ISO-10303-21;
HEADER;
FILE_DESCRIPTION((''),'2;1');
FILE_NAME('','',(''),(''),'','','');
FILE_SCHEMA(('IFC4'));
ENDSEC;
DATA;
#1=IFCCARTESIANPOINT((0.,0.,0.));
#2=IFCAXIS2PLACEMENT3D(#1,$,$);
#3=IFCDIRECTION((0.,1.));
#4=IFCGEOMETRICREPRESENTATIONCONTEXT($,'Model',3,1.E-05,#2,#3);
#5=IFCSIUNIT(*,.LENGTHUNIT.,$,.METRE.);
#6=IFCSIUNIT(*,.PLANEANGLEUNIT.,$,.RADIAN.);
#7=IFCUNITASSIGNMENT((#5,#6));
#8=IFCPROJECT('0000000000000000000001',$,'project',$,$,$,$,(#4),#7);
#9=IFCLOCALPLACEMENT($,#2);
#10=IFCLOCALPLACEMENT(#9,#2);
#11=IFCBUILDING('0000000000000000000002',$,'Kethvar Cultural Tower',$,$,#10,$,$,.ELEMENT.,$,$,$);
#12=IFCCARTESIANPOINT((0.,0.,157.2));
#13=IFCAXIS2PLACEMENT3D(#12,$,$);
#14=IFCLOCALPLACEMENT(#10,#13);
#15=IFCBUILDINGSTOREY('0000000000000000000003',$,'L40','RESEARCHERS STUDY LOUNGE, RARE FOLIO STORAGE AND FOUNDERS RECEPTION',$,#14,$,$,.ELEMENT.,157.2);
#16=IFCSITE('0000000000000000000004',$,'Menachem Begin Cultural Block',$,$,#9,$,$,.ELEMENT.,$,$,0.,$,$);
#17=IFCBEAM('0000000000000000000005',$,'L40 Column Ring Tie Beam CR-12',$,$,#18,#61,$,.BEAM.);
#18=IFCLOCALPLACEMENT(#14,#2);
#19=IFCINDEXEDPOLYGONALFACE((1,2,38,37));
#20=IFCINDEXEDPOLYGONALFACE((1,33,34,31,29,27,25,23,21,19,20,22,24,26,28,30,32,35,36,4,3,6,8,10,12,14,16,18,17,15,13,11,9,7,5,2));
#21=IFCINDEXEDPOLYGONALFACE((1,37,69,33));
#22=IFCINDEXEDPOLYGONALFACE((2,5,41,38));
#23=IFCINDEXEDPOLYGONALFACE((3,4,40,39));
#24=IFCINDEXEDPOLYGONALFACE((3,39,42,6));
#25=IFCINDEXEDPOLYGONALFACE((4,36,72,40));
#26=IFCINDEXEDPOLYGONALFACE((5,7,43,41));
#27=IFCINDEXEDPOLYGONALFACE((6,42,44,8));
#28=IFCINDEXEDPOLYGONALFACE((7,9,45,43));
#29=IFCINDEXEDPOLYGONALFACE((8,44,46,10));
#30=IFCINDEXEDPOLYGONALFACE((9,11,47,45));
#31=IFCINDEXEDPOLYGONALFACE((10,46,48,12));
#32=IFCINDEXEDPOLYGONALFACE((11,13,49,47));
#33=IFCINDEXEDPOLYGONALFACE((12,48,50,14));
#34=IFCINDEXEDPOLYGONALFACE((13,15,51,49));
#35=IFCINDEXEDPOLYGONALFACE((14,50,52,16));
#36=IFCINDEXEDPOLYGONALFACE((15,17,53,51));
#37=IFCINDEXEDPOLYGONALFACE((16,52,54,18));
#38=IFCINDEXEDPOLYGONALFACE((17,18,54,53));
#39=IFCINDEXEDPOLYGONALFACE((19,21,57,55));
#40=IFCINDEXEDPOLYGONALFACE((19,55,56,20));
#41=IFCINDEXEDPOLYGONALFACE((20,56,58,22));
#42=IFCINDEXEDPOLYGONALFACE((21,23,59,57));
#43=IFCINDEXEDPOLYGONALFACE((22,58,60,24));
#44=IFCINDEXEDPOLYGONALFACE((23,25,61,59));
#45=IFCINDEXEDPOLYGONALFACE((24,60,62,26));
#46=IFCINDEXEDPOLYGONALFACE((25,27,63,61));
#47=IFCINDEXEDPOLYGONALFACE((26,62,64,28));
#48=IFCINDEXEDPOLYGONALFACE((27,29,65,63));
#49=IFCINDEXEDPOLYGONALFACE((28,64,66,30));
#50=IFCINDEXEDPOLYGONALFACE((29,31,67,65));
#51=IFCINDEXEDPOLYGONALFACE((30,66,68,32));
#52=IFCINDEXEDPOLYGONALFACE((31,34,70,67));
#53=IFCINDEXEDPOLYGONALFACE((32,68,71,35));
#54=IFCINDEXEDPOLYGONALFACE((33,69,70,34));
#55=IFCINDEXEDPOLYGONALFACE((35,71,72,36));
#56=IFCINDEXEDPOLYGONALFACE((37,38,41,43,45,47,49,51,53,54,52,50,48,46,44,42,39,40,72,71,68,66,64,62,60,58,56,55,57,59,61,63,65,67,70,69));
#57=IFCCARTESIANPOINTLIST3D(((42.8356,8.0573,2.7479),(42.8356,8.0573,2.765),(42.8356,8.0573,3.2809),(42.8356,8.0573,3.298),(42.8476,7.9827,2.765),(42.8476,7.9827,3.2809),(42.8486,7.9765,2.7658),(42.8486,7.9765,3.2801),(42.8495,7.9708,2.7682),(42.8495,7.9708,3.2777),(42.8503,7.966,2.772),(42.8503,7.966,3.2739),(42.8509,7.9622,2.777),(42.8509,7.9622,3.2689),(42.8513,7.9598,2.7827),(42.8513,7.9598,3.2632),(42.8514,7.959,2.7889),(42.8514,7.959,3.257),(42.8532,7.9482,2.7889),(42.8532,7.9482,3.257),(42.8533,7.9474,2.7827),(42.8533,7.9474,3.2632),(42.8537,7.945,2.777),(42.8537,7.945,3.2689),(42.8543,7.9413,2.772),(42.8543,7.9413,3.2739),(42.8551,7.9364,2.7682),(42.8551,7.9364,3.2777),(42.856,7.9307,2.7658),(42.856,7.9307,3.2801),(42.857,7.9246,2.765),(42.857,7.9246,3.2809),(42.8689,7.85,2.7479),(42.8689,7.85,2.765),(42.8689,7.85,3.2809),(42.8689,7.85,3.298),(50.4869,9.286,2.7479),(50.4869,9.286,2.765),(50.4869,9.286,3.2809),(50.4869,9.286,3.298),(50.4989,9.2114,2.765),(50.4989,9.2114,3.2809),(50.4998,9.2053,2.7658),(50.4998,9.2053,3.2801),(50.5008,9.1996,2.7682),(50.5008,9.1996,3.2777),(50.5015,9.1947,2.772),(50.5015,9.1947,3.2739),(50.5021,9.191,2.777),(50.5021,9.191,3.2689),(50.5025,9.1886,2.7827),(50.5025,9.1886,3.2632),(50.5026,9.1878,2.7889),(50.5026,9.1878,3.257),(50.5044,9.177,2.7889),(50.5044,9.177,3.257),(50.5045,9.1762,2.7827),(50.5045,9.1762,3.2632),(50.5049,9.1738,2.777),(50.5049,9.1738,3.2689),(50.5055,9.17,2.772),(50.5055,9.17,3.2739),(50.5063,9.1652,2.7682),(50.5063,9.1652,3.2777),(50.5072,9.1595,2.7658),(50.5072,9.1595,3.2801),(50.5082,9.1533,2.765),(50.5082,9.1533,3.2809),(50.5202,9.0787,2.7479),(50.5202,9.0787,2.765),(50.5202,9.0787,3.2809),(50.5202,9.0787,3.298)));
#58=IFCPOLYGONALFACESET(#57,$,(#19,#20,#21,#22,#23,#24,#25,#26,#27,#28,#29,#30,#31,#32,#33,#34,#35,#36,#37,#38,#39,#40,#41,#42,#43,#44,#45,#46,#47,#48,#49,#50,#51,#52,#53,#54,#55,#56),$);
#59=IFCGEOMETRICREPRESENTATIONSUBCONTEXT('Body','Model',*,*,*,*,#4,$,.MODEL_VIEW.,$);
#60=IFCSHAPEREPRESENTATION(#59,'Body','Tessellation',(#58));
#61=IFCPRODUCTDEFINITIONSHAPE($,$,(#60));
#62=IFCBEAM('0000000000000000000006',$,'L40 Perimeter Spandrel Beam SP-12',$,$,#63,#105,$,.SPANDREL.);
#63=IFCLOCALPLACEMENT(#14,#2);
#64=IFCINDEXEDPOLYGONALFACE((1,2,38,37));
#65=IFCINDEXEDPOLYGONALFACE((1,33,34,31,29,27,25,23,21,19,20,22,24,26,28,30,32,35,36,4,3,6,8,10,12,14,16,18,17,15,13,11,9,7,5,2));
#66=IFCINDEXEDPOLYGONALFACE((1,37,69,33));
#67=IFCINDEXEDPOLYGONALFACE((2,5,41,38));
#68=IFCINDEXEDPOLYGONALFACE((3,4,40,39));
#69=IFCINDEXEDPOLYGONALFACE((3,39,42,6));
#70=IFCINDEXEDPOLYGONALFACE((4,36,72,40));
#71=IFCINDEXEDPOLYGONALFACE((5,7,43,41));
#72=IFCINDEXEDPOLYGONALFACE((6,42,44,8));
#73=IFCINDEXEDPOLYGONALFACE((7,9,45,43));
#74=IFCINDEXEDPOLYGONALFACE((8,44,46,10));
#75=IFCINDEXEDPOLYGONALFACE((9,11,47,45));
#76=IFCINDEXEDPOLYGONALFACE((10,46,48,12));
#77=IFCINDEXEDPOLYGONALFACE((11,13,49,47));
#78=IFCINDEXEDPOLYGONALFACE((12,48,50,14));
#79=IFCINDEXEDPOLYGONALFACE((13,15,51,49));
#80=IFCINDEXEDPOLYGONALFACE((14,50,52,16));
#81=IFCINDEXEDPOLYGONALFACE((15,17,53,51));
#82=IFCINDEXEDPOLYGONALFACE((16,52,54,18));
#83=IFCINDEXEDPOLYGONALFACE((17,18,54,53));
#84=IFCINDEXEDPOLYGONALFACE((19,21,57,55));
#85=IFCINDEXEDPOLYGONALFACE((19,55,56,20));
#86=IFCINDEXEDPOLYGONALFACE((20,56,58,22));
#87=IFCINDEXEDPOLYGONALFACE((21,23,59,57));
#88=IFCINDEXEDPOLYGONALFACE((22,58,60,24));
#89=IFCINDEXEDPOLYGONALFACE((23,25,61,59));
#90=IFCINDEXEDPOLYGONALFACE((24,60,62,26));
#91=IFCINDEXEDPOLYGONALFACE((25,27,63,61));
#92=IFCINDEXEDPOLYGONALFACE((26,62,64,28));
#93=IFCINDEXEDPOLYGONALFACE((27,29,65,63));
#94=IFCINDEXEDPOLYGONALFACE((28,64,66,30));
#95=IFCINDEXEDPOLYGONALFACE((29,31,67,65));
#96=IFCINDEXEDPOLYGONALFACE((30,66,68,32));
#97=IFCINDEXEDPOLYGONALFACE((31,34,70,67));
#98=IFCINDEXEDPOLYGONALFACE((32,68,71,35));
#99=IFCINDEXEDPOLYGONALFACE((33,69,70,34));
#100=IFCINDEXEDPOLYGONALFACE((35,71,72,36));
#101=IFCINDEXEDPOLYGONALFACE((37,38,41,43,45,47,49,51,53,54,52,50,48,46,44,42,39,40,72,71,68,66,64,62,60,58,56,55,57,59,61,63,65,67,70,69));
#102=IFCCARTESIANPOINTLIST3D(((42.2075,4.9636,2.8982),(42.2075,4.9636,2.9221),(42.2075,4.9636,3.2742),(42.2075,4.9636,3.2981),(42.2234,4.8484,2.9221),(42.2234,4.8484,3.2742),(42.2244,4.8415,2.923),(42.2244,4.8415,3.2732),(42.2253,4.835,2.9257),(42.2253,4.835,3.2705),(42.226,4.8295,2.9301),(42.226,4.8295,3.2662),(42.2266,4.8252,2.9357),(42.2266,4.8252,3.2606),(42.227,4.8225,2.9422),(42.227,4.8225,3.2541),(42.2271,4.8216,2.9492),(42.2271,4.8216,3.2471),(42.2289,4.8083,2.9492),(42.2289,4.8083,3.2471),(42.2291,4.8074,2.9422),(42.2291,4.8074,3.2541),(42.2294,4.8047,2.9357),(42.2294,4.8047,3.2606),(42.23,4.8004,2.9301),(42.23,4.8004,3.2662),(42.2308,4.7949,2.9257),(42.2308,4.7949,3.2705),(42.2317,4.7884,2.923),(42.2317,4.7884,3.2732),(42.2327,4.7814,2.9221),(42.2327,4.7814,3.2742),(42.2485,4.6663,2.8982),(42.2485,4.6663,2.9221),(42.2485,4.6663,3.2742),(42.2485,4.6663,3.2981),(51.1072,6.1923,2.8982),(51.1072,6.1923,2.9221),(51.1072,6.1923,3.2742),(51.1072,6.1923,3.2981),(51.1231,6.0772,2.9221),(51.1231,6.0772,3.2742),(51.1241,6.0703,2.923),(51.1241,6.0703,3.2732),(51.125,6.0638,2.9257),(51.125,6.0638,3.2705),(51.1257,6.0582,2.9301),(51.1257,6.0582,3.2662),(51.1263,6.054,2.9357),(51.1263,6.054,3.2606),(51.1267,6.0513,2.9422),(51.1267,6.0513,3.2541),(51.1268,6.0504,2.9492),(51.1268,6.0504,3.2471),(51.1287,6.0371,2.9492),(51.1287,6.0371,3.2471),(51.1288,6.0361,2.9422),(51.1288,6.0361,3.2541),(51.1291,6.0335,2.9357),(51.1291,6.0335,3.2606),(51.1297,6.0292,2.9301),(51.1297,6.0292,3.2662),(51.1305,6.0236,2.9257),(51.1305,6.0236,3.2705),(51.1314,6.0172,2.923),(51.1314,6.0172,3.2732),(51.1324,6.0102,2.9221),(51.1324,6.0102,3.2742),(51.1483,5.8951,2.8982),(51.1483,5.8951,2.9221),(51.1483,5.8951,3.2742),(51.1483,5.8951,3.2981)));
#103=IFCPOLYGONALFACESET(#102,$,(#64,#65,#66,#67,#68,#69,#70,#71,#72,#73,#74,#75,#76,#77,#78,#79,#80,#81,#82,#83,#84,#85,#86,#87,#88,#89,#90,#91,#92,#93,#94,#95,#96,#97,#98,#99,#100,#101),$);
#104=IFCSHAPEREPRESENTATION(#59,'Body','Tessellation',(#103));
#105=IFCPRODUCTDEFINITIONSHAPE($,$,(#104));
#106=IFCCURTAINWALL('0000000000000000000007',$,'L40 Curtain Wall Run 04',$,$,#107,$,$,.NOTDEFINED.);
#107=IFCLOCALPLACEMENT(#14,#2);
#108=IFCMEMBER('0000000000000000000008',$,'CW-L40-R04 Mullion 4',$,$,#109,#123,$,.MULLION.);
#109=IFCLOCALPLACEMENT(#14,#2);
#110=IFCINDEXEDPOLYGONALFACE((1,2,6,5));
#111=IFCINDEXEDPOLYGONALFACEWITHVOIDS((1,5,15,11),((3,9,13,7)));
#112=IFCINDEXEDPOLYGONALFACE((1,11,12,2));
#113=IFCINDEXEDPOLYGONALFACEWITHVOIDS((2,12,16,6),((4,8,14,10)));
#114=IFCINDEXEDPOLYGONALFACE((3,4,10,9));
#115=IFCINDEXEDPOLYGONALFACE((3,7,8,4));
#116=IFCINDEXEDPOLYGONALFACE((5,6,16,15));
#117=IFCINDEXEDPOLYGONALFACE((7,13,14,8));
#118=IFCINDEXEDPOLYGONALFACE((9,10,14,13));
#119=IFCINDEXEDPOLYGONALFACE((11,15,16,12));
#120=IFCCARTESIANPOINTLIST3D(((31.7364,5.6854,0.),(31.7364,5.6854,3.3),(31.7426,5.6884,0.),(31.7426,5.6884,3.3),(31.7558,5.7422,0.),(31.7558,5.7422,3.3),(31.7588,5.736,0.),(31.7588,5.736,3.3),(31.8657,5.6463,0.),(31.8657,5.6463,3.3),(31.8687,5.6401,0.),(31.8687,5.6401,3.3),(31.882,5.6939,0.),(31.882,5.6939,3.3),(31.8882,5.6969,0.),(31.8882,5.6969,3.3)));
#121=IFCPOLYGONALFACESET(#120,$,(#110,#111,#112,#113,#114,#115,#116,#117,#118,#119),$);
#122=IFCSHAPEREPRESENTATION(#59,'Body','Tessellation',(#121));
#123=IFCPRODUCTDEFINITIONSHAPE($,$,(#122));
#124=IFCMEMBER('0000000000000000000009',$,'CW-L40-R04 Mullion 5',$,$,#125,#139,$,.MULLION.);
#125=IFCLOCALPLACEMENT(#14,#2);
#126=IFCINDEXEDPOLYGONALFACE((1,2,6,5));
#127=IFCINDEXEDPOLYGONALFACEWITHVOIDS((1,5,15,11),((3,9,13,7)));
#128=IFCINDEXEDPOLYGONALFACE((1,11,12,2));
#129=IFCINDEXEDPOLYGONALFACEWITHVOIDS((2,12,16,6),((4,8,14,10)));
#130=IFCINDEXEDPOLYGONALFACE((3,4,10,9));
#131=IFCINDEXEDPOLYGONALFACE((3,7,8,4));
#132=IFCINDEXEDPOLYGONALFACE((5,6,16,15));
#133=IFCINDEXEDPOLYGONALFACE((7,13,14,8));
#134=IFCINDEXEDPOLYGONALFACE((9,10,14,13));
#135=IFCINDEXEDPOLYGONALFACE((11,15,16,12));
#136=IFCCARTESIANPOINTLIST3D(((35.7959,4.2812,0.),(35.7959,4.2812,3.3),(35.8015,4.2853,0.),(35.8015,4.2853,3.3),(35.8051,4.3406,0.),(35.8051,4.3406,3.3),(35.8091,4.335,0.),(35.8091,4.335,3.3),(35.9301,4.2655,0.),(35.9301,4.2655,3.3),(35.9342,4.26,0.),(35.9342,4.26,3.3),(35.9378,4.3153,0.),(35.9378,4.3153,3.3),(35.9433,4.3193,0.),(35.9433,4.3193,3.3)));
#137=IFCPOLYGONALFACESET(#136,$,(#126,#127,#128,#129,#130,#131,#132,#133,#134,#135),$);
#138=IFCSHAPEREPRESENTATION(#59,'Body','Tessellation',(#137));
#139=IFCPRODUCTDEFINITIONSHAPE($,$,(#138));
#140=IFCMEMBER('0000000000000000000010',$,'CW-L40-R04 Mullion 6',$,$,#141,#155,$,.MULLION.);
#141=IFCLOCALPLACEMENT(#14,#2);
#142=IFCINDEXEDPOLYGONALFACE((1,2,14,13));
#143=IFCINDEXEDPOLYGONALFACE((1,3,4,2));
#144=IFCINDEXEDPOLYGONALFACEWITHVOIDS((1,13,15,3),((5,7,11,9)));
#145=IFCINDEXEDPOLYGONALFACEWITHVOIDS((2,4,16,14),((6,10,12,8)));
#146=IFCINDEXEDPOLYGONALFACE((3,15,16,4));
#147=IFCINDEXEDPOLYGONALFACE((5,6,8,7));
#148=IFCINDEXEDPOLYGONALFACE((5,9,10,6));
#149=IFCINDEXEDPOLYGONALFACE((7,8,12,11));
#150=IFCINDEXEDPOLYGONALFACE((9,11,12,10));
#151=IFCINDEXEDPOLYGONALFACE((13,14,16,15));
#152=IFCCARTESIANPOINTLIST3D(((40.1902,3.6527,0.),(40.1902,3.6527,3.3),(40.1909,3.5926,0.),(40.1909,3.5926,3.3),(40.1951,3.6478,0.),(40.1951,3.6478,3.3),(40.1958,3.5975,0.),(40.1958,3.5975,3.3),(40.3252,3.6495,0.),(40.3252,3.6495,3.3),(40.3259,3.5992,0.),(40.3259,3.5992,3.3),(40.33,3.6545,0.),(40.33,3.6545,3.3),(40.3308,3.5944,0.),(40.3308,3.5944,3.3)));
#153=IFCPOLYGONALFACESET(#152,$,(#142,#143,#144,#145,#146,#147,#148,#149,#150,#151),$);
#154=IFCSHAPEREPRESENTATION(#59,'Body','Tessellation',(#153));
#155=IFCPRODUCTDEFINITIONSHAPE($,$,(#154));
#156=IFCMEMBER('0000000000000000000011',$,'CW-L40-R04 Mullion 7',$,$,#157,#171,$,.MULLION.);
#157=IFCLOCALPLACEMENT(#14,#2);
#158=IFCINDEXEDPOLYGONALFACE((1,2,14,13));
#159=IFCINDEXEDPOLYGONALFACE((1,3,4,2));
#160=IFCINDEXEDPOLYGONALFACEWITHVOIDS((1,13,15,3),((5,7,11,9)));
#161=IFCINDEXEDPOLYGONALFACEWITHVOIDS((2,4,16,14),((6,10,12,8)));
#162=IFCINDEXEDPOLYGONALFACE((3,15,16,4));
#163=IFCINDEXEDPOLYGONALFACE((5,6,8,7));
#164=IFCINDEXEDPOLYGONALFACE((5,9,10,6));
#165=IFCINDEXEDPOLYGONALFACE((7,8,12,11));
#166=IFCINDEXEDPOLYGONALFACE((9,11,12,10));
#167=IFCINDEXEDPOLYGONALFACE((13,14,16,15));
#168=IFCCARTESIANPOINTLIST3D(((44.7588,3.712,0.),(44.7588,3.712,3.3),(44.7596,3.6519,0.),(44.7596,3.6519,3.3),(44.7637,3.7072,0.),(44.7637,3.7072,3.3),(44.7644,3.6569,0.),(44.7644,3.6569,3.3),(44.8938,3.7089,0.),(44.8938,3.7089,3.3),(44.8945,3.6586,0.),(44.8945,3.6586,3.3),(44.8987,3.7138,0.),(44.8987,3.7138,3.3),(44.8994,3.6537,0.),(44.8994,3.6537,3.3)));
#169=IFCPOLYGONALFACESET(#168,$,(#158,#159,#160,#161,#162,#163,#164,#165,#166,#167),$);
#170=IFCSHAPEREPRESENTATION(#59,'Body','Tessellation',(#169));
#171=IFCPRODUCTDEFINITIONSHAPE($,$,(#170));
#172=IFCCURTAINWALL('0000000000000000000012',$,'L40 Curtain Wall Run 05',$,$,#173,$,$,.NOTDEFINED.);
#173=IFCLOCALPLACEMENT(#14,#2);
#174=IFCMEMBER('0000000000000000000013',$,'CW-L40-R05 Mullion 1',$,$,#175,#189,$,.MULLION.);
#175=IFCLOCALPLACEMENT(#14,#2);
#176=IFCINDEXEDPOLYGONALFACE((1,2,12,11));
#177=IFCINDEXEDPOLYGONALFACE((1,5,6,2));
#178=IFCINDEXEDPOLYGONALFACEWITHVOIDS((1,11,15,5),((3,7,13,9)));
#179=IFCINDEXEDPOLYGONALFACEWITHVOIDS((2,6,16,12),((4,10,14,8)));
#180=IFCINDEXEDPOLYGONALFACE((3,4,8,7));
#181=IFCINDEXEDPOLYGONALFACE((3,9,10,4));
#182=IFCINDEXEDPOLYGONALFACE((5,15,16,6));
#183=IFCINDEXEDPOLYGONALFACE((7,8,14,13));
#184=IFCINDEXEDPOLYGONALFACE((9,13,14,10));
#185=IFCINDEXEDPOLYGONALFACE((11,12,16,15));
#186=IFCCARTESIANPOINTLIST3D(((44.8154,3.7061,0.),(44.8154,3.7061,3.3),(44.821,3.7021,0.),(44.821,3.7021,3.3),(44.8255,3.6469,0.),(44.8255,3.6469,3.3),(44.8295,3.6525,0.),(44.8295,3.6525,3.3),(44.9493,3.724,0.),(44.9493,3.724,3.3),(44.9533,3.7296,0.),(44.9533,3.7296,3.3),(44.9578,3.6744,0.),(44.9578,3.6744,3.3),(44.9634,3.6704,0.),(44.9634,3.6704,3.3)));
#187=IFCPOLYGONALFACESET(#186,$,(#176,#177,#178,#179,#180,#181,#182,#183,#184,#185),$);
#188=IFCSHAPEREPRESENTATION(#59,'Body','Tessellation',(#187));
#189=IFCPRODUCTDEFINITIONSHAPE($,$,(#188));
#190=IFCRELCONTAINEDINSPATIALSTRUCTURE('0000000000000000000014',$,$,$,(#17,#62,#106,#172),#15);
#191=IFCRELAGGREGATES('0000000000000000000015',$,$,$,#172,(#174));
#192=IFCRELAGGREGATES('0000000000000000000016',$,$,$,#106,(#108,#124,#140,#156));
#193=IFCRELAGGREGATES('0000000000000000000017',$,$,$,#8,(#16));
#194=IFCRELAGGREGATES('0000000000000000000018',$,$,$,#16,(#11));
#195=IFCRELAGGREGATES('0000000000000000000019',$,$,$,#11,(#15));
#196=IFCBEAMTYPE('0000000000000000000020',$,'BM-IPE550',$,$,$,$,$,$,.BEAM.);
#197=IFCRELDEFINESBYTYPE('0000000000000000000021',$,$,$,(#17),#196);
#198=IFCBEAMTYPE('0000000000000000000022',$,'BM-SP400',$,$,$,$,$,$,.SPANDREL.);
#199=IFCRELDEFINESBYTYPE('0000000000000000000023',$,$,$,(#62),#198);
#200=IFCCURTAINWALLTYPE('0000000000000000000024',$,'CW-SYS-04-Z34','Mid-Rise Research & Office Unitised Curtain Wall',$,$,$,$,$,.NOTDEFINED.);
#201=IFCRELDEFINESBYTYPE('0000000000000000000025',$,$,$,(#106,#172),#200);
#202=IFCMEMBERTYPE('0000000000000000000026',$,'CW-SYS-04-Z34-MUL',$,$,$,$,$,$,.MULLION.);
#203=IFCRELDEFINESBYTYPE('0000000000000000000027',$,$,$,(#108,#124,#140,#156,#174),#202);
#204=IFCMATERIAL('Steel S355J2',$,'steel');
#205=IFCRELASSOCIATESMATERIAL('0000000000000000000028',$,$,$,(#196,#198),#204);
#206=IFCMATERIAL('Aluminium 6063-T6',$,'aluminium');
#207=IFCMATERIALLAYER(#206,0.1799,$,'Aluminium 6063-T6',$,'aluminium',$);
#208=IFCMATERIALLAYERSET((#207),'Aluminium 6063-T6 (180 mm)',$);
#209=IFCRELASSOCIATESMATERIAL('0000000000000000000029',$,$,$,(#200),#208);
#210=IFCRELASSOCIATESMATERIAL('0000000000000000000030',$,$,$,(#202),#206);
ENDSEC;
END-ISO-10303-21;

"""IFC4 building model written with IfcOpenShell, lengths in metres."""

from ifc_helpers import new_model, si_unit, direction, frame, origin, origin_2d, place, context, subcontext, project, spatial, hollow_rectangle, i_section, extrude, source, transform, mapped, material, layer, layer_set, material_profile, profile_set, type_object, element, aggregate, save


model = new_model("IFC4")

# Units and contexts
model_context = context("Model", 3, precision=1e-05, world=origin(), true_north=direction((0.0, 1.0)))
body_context = subcontext(model_context, "Body", "Model", "MODEL_VIEW")
ifc_project = project(units=[si_unit("LENGTHUNIT", "METRE"), si_unit("PLANEANGLEUNIT", "RADIAN")], contexts=[model_context])

# Site, building, storey
site_placement = place(None, origin())
site = spatial("IfcSite", under=ifc_project, at=site_placement, Name="Menachem Begin Cultural Block", CompositionType="ELEMENT", RefElevation=0.0)
building_placement = place(site_placement, origin())
building = spatial("IfcBuilding", under=site, at=building_placement, Name="Kethvar Cultural Tower", CompositionType="ELEMENT")
storey_placement = place(building_placement, frame((0.0, 0.0, 157.2)))
storey = spatial("IfcBuildingStorey", under=building, at=storey_placement, Name="L40", Description="RESEARCHERS STUDY LOUNGE, RARE FOLIO STORAGE AND FOUNDERS RECEPTION", CompositionType="ELEMENT", Elevation=157.2)

# Beams
ifc_material_1 = material(Name="Steel S355J2", Category="steel")
ifc_material_profile_1 = material_profile(ifc_material_1, i_section(OverallWidth=0.21, OverallDepth=0.55, WebThickness=0.011, FlangeThickness=0.0171, FilletRadius=0.0239, at=origin_2d()), Name="Steel S355J2 — IPE550")
ifc_profile_set_1 = profile_set([ifc_material_profile_1], Name="Steel S355J2 — IPE550")
beam_type_1 = type_object("IfcBeamType", Name="BM-IPE550", PredefinedType="BEAM", material=ifc_profile_set_1)
ifc_material_profile_2 = material_profile(ifc_material_1, i_section(OverallWidth=0.3, OverallDepth=0.3999, WebThickness=0.0134, FlangeThickness=0.0239, FilletRadius=0.0271, at=origin_2d()), Name="Steel S355J2 — HEB400")
ifc_profile_set_2 = profile_set([ifc_material_profile_2], Name="Steel S355J2 — HEB400")
beam_type_2 = type_object("IfcBeamType", Name="BM-SP400", PredefinedType="SPANDREL", material=ifc_profile_set_2)
shared_shape_1 = source(origin(), body_context, "Body", "SweptSolid", [
    extrude(i_section(OverallWidth=0.21, OverallDepth=0.55, WebThickness=0.011, FlangeThickness=0.0171, FilletRadius=0.0239, at=origin_2d()), origin(), (0.0, 0.0, 1.0), 7.7493),
])
beam_1_placement = place(storey_placement, frame((42.8523, 7.9536, 3.0229), z_axis=(0.987348, 0.158567, 0.0), x_axis=(-0.158567, 0.987348, 0.0)))
element("IfcBeam", 1, at=beam_1_placement, inside=storey, type_object=beam_type_1, Name="L40 Column Ring Tie Beam CR-12", PredefinedType="BEAM", context=body_context, shape_type="MappedRepresentation", body=[
    mapped(shared_shape_1, transform((0.0, 0.0, 0.0), scale=1.0)),
])
shared_shape_2 = source(origin(), body_context, "Body", "SweptSolid", [
    extrude(i_section(OverallWidth=0.3, OverallDepth=0.3999, WebThickness=0.0134, FlangeThickness=0.0239, FilletRadius=0.0271, at=origin_2d()), origin(), (0.0, 0.0, 1.0), 8.9841),
])
beam_2_placement = place(storey_placement, frame((42.228, 4.8149, 3.0981), z_axis=(0.990603, 0.136771, 0.0), x_axis=(-0.136771, 0.990603, 0.0)))
element("IfcBeam", 2, at=beam_2_placement, inside=storey, type_object=beam_type_2, Name="L40 Perimeter Spandrel Beam SP-12", PredefinedType="SPANDREL", context=body_context, shape_type="MappedRepresentation", body=[
    mapped(shared_shape_2, transform((0.0, 0.0, 0.0), scale=1.0)),
])

# Curtain walls, members
ifc_material_2 = material(Name="Aluminium 6063-T6", Category="aluminium")
ifc_layer_1 = layer(ifc_material_2, 0.1799, Name="Aluminium 6063-T6", Category="aluminium")
ifc_layer_set_1 = layer_set([ifc_layer_1], Name="Aluminium 6063-T6 (180 mm)")
curtain_wall_type = type_object("IfcCurtainWallType", Name="CW-SYS-04-Z34", Description="Mid-Rise Research & Office Unitised Curtain Wall", PredefinedType="NOTDEFINED", material=ifc_layer_set_1)
curtain_wall_1_placement = place(storey_placement, origin())
curtain_wall_1 = element("IfcCurtainWall", 3, at=curtain_wall_1_placement, inside=storey, type_object=curtain_wall_type, Name="L40 Curtain Wall Run 04", PredefinedType="NOTDEFINED")
ifc_material_profile_3 = material_profile(ifc_material_2, hollow_rectangle(XDim=0.0601, YDim=0.1399, WallThickness=0.0049, at=origin_2d()), Name="Aluminium 6063-T6 — RHS140x60x5")
ifc_profile_set_3 = profile_set([ifc_material_profile_3], Name="Aluminium 6063-T6 — RHS140x60x5")
member_type_1 = type_object("IfcMemberType", Name="CW-SYS-04-Z34-MUL", PredefinedType="MULLION", material=ifc_profile_set_3)
shared_shape_3 = source(origin(), body_context, "Body", "SweptSolid", [
    extrude(hollow_rectangle(XDim=0.0601, YDim=0.1399, WallThickness=0.0049, at=origin_2d()), origin(), (0.0, 0.0, 1.0), 3.3),
])
member_1_placement = place(storey_placement, frame((31.8123, 5.6912, 0.0), z_axis=(0.0, 0.0, 1.0), x_axis=(0.323884, 0.946097, 0.0)))
member_1 = element("IfcMember", 4, at=member_1_placement, type_object=member_type_1, Name="CW-L40-R04 Mullion 4", PredefinedType="MULLION", context=body_context, shape_type="MappedRepresentation", body=[
    mapped(shared_shape_3, transform((0.0, 0.0, 0.0), scale=1.0)),
])
member_2_placement = place(storey_placement, frame((35.8696, 4.3003, 0.0), z_axis=(0.0, 0.0, 1.0), x_axis=(0.15202, 0.988377, 0.0)))
member_2 = element("IfcMember", 5, at=member_2_placement, type_object=member_type_1, Name="CW-L40-R04 Mullion 5", PredefinedType="MULLION", context=body_context, shape_type="MappedRepresentation", body=[
    mapped(shared_shape_3, transform((0.0, 0.0, 0.0), scale=1.0)),
])
member_3_placement = place(storey_placement, frame((40.2605, 3.6235, 0.0), z_axis=(0.0, 0.0, 1.0), x_axis=(-0.012985, 0.999916, 0.0)))
member_3 = element("IfcMember", 6, at=member_3_placement, type_object=member_type_1, Name="CW-L40-R04 Mullion 6", PredefinedType="MULLION", context=body_context, shape_type="MappedRepresentation", body=[
    mapped(shared_shape_3, transform((0.0, 0.0, 0.0), scale=1.0)),
])
member_4_placement = place(storey_placement, frame((44.8291, 3.6829, 0.0), z_axis=(0.0, 0.0, 1.0), x_axis=(-0.012985, 0.999916, 0.0)))
member_4 = element("IfcMember", 7, at=member_4_placement, type_object=member_type_1, Name="CW-L40-R04 Mullion 7", PredefinedType="MULLION", context=body_context, shape_type="MappedRepresentation", body=[
    mapped(shared_shape_3, transform((0.0, 0.0, 0.0), scale=1.0)),
])
curtain_wall_2_placement = place(storey_placement, origin())
curtain_wall_2 = element("IfcCurtainWall", 8, at=curtain_wall_2_placement, inside=storey, type_object=curtain_wall_type, Name="L40 Curtain Wall Run 05", PredefinedType="NOTDEFINED")
member_5_placement = place(storey_placement, frame((44.8894, 3.6882, 0.0), z_axis=(0.0, 0.0, 1.0), x_axis=(-0.168145, 0.985762, 0.0)))
member_5 = element("IfcMember", 9, at=member_5_placement, type_object=member_type_1, Name="CW-L40-R05 Mullion 1", PredefinedType="MULLION", context=body_context, shape_type="MappedRepresentation", body=[
    mapped(shared_shape_3, transform((0.0, 0.0, 0.0), scale=1.0)),
])
aggregate(curtain_wall_2, [member_5])

aggregate(curtain_wall_1, [member_1, member_2, member_3, member_4])

save(model, "model.ifc")
